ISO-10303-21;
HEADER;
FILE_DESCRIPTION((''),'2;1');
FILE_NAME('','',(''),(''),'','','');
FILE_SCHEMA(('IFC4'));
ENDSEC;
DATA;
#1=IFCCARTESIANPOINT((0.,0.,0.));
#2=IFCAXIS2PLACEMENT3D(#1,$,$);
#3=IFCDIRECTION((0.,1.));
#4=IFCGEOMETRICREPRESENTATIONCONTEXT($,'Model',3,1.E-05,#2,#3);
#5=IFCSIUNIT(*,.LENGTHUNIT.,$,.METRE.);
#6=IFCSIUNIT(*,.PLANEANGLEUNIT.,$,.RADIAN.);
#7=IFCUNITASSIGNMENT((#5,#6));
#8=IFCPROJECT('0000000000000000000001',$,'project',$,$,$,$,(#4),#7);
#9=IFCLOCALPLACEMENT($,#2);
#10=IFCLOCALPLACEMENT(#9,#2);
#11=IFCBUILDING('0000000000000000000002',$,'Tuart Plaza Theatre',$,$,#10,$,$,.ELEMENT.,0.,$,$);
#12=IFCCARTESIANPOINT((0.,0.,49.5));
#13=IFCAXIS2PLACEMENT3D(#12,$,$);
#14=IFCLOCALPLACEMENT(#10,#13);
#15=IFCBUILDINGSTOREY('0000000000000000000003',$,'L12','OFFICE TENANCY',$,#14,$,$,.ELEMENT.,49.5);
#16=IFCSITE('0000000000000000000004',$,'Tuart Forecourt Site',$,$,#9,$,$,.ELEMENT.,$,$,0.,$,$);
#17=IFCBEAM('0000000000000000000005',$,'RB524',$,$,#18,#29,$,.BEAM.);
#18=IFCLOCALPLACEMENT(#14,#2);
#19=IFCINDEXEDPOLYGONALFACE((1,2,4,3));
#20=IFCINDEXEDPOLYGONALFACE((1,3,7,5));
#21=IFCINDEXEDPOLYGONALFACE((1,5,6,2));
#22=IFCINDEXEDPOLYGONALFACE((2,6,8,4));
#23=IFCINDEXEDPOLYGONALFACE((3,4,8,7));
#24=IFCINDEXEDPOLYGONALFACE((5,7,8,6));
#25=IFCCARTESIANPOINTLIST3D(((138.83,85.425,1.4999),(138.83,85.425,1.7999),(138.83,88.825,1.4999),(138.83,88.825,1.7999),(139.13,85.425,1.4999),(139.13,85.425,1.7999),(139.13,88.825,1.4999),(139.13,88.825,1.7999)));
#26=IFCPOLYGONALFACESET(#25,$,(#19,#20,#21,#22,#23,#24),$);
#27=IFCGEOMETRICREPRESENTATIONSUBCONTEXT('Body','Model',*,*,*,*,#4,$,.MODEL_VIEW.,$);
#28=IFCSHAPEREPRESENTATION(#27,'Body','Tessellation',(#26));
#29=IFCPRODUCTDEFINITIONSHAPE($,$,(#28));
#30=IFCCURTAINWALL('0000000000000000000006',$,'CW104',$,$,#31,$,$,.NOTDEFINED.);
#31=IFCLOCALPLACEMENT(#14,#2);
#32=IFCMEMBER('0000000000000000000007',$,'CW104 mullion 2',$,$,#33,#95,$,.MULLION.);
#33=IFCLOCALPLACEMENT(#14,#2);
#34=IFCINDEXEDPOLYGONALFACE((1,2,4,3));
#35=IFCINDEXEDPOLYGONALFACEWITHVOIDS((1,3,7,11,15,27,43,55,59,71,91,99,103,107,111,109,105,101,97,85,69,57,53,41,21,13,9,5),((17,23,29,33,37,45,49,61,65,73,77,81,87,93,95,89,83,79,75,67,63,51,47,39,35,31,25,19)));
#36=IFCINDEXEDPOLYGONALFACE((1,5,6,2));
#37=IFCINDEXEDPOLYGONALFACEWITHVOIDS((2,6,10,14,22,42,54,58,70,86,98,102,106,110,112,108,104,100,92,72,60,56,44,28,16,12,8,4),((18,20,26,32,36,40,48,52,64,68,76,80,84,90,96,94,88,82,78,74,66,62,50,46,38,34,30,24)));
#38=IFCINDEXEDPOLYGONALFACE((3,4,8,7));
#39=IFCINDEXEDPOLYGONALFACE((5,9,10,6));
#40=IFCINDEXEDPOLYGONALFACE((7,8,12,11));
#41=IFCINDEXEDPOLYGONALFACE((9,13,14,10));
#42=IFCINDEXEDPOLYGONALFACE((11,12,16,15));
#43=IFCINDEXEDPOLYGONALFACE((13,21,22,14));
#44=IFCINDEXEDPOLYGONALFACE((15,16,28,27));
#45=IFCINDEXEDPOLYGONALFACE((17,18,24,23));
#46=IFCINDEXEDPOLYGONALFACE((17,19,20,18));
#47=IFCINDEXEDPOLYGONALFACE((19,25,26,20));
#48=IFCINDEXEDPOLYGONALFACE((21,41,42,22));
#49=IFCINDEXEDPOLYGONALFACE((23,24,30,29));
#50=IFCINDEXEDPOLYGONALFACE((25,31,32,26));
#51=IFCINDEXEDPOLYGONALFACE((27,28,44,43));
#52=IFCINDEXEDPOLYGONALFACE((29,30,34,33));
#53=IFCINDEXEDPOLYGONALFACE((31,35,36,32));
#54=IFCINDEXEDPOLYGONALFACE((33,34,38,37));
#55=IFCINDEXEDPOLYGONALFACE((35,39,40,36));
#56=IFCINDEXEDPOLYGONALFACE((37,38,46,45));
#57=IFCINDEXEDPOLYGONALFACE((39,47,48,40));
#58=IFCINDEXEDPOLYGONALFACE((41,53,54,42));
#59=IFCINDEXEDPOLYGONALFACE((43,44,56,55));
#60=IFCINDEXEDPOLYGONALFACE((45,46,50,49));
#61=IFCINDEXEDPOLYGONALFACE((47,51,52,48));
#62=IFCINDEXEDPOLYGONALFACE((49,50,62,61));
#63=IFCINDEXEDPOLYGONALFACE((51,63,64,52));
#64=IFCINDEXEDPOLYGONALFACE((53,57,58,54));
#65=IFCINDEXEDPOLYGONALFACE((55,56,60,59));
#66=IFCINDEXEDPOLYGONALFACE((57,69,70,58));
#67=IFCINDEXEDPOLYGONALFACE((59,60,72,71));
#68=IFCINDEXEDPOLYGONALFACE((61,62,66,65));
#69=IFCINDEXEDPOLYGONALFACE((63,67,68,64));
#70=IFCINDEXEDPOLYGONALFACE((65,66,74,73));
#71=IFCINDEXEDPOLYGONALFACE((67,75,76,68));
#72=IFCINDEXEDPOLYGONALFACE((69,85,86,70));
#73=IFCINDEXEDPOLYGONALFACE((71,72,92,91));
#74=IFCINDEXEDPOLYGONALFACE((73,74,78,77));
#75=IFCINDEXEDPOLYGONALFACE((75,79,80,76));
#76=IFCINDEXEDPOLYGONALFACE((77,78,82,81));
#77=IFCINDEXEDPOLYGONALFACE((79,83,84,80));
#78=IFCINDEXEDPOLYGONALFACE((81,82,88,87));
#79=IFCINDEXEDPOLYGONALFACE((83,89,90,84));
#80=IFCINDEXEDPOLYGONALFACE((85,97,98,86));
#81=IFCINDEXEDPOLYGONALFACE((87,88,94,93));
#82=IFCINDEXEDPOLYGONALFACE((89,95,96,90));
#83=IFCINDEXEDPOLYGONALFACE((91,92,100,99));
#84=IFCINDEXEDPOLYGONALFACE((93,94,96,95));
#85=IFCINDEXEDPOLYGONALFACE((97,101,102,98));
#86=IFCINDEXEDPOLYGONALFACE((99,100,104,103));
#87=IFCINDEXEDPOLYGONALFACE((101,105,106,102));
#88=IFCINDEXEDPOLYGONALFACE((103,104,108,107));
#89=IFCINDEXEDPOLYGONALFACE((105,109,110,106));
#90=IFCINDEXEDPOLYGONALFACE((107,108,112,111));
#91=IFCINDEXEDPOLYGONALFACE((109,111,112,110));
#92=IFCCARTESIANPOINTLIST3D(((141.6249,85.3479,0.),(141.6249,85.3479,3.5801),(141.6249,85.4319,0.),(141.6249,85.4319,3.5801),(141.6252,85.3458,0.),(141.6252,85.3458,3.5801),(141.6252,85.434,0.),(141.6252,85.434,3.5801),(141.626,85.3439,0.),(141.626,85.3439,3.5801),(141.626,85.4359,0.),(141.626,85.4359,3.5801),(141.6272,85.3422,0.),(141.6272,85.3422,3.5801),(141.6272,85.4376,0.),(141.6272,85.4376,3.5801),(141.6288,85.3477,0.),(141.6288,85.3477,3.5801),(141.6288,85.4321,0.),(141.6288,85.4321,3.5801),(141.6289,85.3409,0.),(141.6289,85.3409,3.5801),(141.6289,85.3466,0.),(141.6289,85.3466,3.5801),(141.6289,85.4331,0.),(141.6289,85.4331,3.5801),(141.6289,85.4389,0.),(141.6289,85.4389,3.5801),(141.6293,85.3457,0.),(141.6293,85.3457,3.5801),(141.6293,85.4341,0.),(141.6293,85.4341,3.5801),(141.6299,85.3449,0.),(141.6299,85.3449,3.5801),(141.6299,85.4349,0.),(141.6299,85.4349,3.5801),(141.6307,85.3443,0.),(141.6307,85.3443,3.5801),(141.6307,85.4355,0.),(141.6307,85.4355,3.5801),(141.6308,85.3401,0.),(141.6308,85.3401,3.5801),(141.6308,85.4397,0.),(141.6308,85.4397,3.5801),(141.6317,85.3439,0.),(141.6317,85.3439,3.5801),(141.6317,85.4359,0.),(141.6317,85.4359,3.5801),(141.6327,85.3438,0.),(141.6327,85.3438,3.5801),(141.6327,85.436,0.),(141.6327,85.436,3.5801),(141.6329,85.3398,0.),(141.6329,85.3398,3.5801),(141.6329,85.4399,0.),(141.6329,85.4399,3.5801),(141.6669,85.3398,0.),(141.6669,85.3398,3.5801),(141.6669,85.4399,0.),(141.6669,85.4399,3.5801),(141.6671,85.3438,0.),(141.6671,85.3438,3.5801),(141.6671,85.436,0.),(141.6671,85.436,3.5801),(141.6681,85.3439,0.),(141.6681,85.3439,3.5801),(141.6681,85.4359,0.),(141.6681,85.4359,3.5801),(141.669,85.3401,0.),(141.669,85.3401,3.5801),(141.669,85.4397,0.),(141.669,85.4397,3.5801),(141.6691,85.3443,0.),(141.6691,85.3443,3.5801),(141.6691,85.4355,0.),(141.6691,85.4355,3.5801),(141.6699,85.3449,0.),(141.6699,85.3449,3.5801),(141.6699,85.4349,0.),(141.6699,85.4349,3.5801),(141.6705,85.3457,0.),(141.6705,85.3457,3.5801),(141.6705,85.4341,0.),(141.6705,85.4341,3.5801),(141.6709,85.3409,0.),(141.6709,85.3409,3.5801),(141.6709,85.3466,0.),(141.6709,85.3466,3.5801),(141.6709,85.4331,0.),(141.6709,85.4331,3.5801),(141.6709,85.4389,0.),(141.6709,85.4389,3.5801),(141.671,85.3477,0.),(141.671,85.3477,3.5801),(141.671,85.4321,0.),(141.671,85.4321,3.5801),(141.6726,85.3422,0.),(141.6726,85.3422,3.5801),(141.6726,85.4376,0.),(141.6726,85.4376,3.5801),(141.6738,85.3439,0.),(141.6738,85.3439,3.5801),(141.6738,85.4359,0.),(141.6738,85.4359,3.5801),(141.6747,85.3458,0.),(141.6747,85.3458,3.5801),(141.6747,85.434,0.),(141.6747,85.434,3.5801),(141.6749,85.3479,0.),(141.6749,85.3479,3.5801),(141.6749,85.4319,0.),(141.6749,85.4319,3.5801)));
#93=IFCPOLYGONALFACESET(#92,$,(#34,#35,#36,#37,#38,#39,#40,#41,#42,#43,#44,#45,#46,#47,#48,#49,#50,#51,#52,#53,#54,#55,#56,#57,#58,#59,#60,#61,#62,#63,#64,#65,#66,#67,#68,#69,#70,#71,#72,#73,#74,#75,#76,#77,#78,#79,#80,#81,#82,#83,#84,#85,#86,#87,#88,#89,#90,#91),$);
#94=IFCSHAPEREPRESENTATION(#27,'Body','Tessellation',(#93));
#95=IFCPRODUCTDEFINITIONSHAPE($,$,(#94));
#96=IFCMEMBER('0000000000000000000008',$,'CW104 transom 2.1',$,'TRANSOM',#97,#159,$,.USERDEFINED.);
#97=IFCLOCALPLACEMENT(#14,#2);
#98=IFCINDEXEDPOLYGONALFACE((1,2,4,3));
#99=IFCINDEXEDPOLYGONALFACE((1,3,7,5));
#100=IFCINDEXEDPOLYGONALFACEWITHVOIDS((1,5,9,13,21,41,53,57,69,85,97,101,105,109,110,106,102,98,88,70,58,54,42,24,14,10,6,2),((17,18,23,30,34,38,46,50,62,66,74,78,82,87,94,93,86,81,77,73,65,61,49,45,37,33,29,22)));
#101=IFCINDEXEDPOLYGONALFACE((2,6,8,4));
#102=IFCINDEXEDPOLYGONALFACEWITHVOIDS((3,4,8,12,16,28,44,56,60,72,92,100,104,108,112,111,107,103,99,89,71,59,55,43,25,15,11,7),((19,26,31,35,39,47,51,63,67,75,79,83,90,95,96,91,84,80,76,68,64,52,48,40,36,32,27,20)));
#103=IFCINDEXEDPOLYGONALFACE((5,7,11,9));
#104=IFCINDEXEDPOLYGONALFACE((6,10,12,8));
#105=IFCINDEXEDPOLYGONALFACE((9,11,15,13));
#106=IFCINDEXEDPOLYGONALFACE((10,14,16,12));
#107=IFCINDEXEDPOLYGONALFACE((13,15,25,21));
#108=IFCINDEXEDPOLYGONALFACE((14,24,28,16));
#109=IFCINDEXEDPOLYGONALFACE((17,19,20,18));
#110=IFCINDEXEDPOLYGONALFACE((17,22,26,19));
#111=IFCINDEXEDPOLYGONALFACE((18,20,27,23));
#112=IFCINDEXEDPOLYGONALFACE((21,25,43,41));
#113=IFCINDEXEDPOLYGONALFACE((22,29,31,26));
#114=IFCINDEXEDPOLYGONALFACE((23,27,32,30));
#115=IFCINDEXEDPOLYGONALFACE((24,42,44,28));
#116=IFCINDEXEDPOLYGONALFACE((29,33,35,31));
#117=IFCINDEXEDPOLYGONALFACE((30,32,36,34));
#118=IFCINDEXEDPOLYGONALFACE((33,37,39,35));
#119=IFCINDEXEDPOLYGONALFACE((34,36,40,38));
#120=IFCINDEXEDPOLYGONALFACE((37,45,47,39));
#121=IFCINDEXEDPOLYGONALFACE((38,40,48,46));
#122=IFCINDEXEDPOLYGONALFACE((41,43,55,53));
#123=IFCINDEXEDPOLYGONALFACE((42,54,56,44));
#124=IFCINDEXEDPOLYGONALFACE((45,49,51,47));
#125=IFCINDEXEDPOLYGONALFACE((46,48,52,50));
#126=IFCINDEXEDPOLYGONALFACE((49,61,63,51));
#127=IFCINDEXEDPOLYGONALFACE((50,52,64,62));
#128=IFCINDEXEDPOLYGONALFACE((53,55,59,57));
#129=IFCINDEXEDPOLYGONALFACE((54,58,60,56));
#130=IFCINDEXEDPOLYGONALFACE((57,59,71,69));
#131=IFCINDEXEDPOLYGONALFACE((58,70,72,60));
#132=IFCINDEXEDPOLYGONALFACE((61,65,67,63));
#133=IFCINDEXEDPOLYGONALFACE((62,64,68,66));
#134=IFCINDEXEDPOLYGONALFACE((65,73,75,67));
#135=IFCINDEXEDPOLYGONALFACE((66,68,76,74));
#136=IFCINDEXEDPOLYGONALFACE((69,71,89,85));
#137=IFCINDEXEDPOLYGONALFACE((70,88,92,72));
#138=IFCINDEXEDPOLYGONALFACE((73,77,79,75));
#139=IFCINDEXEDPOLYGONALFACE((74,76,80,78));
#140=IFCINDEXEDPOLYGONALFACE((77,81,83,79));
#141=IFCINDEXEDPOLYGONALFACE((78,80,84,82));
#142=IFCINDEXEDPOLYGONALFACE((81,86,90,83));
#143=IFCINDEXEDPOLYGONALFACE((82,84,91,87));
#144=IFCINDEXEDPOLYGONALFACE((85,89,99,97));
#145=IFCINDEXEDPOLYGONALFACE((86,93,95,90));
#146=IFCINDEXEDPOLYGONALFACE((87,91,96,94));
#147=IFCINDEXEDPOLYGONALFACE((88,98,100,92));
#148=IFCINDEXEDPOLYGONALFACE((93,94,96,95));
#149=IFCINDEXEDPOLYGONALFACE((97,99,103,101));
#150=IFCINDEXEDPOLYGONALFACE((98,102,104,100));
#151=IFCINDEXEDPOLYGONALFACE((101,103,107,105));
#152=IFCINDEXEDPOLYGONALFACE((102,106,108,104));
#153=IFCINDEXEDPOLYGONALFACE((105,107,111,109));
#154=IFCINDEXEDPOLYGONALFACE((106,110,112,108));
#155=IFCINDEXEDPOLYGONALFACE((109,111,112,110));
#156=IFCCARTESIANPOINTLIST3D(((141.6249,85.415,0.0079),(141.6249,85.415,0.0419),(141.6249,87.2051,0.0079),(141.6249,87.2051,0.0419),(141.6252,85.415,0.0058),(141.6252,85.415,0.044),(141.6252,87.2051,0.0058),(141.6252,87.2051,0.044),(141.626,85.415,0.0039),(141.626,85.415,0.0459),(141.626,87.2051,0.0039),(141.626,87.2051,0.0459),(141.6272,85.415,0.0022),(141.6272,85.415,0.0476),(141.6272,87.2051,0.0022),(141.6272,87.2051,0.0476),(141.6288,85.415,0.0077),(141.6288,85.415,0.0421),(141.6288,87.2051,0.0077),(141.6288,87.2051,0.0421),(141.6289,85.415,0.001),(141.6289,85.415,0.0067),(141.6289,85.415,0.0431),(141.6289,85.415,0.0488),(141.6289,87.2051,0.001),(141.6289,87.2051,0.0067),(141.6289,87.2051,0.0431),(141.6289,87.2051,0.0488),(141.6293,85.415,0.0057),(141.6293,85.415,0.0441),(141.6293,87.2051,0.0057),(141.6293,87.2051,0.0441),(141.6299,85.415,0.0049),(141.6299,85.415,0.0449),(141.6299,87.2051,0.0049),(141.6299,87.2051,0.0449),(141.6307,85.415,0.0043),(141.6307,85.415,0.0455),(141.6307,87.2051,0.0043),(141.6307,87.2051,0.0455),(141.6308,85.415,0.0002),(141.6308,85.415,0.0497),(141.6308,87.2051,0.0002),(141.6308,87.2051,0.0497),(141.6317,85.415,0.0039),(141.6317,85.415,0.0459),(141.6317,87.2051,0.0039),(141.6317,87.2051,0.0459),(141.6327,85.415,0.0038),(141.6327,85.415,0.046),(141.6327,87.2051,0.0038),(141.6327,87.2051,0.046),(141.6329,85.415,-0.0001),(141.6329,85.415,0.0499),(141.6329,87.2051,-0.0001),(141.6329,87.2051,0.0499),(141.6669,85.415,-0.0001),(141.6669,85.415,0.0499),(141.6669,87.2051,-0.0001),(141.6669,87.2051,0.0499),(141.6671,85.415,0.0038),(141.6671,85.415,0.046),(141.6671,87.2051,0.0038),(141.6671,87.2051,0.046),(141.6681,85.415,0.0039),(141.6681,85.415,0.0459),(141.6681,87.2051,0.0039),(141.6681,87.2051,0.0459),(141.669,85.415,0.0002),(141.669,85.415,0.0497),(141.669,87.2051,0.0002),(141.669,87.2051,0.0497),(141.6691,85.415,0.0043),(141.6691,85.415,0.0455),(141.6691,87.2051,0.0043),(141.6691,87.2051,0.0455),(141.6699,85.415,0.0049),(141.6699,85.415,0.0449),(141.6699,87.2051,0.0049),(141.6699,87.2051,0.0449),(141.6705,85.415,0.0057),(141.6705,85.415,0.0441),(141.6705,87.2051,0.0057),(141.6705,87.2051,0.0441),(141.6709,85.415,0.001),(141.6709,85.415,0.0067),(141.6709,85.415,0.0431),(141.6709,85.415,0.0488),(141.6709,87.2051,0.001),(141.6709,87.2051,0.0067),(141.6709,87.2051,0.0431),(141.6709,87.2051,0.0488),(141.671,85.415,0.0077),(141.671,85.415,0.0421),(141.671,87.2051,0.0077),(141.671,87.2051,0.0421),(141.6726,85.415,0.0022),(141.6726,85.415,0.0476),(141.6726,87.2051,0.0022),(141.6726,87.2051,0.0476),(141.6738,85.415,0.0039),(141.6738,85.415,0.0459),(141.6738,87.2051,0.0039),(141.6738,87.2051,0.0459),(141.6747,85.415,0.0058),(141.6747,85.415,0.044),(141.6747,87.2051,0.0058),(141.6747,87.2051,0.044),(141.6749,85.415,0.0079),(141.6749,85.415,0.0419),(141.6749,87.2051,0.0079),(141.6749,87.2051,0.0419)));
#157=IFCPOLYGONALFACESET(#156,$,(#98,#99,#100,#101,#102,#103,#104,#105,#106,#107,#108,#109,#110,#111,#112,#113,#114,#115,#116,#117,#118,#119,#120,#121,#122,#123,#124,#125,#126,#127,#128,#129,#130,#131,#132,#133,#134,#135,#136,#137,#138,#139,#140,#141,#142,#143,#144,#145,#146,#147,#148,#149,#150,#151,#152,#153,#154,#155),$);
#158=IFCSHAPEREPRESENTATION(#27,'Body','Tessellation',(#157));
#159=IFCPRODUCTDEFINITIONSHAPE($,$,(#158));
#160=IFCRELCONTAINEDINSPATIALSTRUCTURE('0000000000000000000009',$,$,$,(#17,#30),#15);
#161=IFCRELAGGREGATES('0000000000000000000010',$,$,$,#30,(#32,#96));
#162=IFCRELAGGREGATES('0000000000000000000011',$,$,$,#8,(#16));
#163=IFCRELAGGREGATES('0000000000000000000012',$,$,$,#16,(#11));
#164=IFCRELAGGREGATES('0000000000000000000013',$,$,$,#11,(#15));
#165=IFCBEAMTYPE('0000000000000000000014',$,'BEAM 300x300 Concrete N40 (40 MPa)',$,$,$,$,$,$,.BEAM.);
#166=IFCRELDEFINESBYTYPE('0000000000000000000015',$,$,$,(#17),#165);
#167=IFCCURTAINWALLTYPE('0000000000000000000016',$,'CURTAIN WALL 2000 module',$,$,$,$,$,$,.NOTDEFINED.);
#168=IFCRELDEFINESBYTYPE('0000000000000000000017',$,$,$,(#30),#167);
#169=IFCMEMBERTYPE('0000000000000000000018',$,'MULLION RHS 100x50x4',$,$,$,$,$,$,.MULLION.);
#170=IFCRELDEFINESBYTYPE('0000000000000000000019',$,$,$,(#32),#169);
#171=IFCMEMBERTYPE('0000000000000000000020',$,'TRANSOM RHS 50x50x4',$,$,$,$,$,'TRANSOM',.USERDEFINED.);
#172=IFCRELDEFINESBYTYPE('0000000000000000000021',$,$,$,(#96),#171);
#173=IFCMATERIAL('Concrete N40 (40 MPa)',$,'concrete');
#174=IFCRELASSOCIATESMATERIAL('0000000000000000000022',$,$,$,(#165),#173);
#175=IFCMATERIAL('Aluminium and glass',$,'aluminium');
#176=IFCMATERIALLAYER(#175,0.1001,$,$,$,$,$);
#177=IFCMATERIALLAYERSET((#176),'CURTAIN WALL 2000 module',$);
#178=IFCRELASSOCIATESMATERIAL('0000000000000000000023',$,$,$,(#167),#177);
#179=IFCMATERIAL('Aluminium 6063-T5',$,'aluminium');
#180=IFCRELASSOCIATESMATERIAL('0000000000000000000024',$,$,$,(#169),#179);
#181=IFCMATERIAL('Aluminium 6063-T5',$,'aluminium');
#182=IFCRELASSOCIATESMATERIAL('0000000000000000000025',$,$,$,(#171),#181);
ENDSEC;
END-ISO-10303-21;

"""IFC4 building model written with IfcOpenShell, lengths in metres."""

from ifc_helpers import new_model, si_unit, direction, frame, origin, origin_2d, place, context, subcontext, project, spatial, rectangle, hollow_rectangle, extrude, material, layer, layer_set, material_profile, profile_set, type_object, element, aggregate, save


model = new_model("IFC4")

# Units and contexts
model_context = context("Model", 3, precision=1e-05, world=origin(), true_north=direction((0.0, 1.0)))
body_context = subcontext(model_context, "Body", "Model", "MODEL_VIEW")
ifc_project = project(units=[si_unit("LENGTHUNIT", "METRE"), si_unit("PLANEANGLEUNIT", "RADIAN")], contexts=[model_context])

# Site, building, storey
site_placement = place(None, origin())
site = spatial("IfcSite", under=ifc_project, at=site_placement, Name="Tuart Forecourt Site", CompositionType="ELEMENT", RefElevation=0.0)
building_placement = place(site_placement, origin())
building = spatial("IfcBuilding", under=site, at=building_placement, Name="Tuart Plaza Theatre", CompositionType="ELEMENT", ElevationOfRefHeight=0.0)
storey_placement = place(building_placement, frame((0.0, 0.0, 49.5)))
storey = spatial("IfcBuildingStorey", under=building, at=storey_placement, Name="L12", Description="OFFICE TENANCY", CompositionType="ELEMENT", Elevation=49.5)

# Beam
ifc_material_1 = material(Name="Concrete N40 (40 MPa)", Category="concrete")
ifc_material_profile_1 = material_profile(ifc_material_1, rectangle(XDim=0.3, YDim=0.3, at=origin_2d()), Name="BEAM 300x300 Concrete N40 (40 MPa)")
ifc_profile_set_1 = profile_set([ifc_material_profile_1], Name="Concrete N40 (40 MPa)")
beam_type = type_object("IfcBeamType", Name="BEAM 300x300 Concrete N40 (40 MPa)", PredefinedType="BEAM", material=ifc_profile_set_1)
beam_placement = place(storey_placement, frame((138.98, 85.425, 1.6499), z_axis=(0.0, 1.0, 0.0), x_axis=(-1.0, 0.0, 0.0)))
element("IfcBeam", 1, at=beam_placement, inside=storey, type_object=beam_type, Name="RB524", PredefinedType="BEAM", context=body_context, shape_type="SweptSolid", body=[
    extrude(rectangle(XDim=0.3, YDim=0.3, at=origin_2d()), origin(), (0.0, 0.0, 1.0), 3.3999),
])

# Curtain wall, members
ifc_material_2 = material(Name="Aluminium and glass", Category="aluminium")
ifc_layer_1 = layer(ifc_material_2, 0.1001)
ifc_layer_set_1 = layer_set([ifc_layer_1], Name="CURTAIN WALL 2000 module")
curtain_wall_type = type_object("IfcCurtainWallType", Name="CURTAIN WALL 2000 module", PredefinedType="NOTDEFINED", material=ifc_layer_set_1)
curtain_wall_placement = place(storey_placement, origin())
curtain_wall = element("IfcCurtainWall", 2, at=curtain_wall_placement, inside=storey, type_object=curtain_wall_type, Name="CW104", PredefinedType="NOTDEFINED")
ifc_material_3 = material(Name="Aluminium 6063-T5", Category="aluminium")
ifc_material_profile_2 = material_profile(ifc_material_3, hollow_rectangle(XDim=0.05, YDim=0.1001, WallThickness=0.0039, InnerFilletRadius=0.0039, OuterFilletRadius=0.0081, at=origin_2d()), Name="RHS 100x50x4")
ifc_profile_set_2 = profile_set([ifc_material_profile_2], Name="Aluminium 6063-T5")
member_type_1 = type_object("IfcMemberType", Name="MULLION RHS 100x50x4", PredefinedType="MULLION", material=ifc_profile_set_2)
member_1_placement = place(storey_placement, frame((141.6499, 85.3899, 0.0), z_axis=(0.0, 0.0, 1.0), x_axis=(-1.0, 0.0, 0.0)))
member_1 = element("IfcMember", 3, at=member_1_placement, type_object=member_type_1, Name="CW104 mullion 2", PredefinedType="MULLION", context=body_context, shape_type="SweptSolid", body=[
    extrude(hollow_rectangle(XDim=0.05, YDim=0.1001, WallThickness=0.0039, InnerFilletRadius=0.0039, OuterFilletRadius=0.0081, at=origin_2d()), origin(), (0.0, 0.0, 1.0), 3.5801),
])
ifc_material_4 = material(Name="Aluminium 6063-T5", Category="aluminium")
ifc_material_profile_3 = material_profile(ifc_material_4, hollow_rectangle(XDim=0.05, YDim=0.05, WallThickness=0.0039, InnerFilletRadius=0.0039, OuterFilletRadius=0.0081, at=origin_2d()), Name="RHS 50x50x4")
ifc_profile_set_3 = profile_set([ifc_material_profile_3], Name="Aluminium 6063-T5")
member_type_2 = type_object("IfcMemberType", Name="TRANSOM RHS 50x50x4", ElementType="TRANSOM", PredefinedType="USERDEFINED", material=ifc_profile_set_3)
member_2_placement = place(storey_placement, frame((141.6499, 85.415, 0.0249), z_axis=(0.0, 1.0, 0.0), x_axis=(-1.0, 0.0, 0.0)))
member_2 = element("IfcMember", 4, at=member_2_placement, type_object=member_type_2, Name="CW104 transom 2.1", ObjectType="TRANSOM", PredefinedType="USERDEFINED", context=body_context, shape_type="SweptSolid", body=[
    extrude(hollow_rectangle(XDim=0.05, YDim=0.05, WallThickness=0.0039, InnerFilletRadius=0.0039, OuterFilletRadius=0.0081, at=origin_2d()), origin(), (0.0, 0.0, 1.0), 1.79),
])
aggregate(curtain_wall, [member_1, member_2])

save(model, "model.ifc")
